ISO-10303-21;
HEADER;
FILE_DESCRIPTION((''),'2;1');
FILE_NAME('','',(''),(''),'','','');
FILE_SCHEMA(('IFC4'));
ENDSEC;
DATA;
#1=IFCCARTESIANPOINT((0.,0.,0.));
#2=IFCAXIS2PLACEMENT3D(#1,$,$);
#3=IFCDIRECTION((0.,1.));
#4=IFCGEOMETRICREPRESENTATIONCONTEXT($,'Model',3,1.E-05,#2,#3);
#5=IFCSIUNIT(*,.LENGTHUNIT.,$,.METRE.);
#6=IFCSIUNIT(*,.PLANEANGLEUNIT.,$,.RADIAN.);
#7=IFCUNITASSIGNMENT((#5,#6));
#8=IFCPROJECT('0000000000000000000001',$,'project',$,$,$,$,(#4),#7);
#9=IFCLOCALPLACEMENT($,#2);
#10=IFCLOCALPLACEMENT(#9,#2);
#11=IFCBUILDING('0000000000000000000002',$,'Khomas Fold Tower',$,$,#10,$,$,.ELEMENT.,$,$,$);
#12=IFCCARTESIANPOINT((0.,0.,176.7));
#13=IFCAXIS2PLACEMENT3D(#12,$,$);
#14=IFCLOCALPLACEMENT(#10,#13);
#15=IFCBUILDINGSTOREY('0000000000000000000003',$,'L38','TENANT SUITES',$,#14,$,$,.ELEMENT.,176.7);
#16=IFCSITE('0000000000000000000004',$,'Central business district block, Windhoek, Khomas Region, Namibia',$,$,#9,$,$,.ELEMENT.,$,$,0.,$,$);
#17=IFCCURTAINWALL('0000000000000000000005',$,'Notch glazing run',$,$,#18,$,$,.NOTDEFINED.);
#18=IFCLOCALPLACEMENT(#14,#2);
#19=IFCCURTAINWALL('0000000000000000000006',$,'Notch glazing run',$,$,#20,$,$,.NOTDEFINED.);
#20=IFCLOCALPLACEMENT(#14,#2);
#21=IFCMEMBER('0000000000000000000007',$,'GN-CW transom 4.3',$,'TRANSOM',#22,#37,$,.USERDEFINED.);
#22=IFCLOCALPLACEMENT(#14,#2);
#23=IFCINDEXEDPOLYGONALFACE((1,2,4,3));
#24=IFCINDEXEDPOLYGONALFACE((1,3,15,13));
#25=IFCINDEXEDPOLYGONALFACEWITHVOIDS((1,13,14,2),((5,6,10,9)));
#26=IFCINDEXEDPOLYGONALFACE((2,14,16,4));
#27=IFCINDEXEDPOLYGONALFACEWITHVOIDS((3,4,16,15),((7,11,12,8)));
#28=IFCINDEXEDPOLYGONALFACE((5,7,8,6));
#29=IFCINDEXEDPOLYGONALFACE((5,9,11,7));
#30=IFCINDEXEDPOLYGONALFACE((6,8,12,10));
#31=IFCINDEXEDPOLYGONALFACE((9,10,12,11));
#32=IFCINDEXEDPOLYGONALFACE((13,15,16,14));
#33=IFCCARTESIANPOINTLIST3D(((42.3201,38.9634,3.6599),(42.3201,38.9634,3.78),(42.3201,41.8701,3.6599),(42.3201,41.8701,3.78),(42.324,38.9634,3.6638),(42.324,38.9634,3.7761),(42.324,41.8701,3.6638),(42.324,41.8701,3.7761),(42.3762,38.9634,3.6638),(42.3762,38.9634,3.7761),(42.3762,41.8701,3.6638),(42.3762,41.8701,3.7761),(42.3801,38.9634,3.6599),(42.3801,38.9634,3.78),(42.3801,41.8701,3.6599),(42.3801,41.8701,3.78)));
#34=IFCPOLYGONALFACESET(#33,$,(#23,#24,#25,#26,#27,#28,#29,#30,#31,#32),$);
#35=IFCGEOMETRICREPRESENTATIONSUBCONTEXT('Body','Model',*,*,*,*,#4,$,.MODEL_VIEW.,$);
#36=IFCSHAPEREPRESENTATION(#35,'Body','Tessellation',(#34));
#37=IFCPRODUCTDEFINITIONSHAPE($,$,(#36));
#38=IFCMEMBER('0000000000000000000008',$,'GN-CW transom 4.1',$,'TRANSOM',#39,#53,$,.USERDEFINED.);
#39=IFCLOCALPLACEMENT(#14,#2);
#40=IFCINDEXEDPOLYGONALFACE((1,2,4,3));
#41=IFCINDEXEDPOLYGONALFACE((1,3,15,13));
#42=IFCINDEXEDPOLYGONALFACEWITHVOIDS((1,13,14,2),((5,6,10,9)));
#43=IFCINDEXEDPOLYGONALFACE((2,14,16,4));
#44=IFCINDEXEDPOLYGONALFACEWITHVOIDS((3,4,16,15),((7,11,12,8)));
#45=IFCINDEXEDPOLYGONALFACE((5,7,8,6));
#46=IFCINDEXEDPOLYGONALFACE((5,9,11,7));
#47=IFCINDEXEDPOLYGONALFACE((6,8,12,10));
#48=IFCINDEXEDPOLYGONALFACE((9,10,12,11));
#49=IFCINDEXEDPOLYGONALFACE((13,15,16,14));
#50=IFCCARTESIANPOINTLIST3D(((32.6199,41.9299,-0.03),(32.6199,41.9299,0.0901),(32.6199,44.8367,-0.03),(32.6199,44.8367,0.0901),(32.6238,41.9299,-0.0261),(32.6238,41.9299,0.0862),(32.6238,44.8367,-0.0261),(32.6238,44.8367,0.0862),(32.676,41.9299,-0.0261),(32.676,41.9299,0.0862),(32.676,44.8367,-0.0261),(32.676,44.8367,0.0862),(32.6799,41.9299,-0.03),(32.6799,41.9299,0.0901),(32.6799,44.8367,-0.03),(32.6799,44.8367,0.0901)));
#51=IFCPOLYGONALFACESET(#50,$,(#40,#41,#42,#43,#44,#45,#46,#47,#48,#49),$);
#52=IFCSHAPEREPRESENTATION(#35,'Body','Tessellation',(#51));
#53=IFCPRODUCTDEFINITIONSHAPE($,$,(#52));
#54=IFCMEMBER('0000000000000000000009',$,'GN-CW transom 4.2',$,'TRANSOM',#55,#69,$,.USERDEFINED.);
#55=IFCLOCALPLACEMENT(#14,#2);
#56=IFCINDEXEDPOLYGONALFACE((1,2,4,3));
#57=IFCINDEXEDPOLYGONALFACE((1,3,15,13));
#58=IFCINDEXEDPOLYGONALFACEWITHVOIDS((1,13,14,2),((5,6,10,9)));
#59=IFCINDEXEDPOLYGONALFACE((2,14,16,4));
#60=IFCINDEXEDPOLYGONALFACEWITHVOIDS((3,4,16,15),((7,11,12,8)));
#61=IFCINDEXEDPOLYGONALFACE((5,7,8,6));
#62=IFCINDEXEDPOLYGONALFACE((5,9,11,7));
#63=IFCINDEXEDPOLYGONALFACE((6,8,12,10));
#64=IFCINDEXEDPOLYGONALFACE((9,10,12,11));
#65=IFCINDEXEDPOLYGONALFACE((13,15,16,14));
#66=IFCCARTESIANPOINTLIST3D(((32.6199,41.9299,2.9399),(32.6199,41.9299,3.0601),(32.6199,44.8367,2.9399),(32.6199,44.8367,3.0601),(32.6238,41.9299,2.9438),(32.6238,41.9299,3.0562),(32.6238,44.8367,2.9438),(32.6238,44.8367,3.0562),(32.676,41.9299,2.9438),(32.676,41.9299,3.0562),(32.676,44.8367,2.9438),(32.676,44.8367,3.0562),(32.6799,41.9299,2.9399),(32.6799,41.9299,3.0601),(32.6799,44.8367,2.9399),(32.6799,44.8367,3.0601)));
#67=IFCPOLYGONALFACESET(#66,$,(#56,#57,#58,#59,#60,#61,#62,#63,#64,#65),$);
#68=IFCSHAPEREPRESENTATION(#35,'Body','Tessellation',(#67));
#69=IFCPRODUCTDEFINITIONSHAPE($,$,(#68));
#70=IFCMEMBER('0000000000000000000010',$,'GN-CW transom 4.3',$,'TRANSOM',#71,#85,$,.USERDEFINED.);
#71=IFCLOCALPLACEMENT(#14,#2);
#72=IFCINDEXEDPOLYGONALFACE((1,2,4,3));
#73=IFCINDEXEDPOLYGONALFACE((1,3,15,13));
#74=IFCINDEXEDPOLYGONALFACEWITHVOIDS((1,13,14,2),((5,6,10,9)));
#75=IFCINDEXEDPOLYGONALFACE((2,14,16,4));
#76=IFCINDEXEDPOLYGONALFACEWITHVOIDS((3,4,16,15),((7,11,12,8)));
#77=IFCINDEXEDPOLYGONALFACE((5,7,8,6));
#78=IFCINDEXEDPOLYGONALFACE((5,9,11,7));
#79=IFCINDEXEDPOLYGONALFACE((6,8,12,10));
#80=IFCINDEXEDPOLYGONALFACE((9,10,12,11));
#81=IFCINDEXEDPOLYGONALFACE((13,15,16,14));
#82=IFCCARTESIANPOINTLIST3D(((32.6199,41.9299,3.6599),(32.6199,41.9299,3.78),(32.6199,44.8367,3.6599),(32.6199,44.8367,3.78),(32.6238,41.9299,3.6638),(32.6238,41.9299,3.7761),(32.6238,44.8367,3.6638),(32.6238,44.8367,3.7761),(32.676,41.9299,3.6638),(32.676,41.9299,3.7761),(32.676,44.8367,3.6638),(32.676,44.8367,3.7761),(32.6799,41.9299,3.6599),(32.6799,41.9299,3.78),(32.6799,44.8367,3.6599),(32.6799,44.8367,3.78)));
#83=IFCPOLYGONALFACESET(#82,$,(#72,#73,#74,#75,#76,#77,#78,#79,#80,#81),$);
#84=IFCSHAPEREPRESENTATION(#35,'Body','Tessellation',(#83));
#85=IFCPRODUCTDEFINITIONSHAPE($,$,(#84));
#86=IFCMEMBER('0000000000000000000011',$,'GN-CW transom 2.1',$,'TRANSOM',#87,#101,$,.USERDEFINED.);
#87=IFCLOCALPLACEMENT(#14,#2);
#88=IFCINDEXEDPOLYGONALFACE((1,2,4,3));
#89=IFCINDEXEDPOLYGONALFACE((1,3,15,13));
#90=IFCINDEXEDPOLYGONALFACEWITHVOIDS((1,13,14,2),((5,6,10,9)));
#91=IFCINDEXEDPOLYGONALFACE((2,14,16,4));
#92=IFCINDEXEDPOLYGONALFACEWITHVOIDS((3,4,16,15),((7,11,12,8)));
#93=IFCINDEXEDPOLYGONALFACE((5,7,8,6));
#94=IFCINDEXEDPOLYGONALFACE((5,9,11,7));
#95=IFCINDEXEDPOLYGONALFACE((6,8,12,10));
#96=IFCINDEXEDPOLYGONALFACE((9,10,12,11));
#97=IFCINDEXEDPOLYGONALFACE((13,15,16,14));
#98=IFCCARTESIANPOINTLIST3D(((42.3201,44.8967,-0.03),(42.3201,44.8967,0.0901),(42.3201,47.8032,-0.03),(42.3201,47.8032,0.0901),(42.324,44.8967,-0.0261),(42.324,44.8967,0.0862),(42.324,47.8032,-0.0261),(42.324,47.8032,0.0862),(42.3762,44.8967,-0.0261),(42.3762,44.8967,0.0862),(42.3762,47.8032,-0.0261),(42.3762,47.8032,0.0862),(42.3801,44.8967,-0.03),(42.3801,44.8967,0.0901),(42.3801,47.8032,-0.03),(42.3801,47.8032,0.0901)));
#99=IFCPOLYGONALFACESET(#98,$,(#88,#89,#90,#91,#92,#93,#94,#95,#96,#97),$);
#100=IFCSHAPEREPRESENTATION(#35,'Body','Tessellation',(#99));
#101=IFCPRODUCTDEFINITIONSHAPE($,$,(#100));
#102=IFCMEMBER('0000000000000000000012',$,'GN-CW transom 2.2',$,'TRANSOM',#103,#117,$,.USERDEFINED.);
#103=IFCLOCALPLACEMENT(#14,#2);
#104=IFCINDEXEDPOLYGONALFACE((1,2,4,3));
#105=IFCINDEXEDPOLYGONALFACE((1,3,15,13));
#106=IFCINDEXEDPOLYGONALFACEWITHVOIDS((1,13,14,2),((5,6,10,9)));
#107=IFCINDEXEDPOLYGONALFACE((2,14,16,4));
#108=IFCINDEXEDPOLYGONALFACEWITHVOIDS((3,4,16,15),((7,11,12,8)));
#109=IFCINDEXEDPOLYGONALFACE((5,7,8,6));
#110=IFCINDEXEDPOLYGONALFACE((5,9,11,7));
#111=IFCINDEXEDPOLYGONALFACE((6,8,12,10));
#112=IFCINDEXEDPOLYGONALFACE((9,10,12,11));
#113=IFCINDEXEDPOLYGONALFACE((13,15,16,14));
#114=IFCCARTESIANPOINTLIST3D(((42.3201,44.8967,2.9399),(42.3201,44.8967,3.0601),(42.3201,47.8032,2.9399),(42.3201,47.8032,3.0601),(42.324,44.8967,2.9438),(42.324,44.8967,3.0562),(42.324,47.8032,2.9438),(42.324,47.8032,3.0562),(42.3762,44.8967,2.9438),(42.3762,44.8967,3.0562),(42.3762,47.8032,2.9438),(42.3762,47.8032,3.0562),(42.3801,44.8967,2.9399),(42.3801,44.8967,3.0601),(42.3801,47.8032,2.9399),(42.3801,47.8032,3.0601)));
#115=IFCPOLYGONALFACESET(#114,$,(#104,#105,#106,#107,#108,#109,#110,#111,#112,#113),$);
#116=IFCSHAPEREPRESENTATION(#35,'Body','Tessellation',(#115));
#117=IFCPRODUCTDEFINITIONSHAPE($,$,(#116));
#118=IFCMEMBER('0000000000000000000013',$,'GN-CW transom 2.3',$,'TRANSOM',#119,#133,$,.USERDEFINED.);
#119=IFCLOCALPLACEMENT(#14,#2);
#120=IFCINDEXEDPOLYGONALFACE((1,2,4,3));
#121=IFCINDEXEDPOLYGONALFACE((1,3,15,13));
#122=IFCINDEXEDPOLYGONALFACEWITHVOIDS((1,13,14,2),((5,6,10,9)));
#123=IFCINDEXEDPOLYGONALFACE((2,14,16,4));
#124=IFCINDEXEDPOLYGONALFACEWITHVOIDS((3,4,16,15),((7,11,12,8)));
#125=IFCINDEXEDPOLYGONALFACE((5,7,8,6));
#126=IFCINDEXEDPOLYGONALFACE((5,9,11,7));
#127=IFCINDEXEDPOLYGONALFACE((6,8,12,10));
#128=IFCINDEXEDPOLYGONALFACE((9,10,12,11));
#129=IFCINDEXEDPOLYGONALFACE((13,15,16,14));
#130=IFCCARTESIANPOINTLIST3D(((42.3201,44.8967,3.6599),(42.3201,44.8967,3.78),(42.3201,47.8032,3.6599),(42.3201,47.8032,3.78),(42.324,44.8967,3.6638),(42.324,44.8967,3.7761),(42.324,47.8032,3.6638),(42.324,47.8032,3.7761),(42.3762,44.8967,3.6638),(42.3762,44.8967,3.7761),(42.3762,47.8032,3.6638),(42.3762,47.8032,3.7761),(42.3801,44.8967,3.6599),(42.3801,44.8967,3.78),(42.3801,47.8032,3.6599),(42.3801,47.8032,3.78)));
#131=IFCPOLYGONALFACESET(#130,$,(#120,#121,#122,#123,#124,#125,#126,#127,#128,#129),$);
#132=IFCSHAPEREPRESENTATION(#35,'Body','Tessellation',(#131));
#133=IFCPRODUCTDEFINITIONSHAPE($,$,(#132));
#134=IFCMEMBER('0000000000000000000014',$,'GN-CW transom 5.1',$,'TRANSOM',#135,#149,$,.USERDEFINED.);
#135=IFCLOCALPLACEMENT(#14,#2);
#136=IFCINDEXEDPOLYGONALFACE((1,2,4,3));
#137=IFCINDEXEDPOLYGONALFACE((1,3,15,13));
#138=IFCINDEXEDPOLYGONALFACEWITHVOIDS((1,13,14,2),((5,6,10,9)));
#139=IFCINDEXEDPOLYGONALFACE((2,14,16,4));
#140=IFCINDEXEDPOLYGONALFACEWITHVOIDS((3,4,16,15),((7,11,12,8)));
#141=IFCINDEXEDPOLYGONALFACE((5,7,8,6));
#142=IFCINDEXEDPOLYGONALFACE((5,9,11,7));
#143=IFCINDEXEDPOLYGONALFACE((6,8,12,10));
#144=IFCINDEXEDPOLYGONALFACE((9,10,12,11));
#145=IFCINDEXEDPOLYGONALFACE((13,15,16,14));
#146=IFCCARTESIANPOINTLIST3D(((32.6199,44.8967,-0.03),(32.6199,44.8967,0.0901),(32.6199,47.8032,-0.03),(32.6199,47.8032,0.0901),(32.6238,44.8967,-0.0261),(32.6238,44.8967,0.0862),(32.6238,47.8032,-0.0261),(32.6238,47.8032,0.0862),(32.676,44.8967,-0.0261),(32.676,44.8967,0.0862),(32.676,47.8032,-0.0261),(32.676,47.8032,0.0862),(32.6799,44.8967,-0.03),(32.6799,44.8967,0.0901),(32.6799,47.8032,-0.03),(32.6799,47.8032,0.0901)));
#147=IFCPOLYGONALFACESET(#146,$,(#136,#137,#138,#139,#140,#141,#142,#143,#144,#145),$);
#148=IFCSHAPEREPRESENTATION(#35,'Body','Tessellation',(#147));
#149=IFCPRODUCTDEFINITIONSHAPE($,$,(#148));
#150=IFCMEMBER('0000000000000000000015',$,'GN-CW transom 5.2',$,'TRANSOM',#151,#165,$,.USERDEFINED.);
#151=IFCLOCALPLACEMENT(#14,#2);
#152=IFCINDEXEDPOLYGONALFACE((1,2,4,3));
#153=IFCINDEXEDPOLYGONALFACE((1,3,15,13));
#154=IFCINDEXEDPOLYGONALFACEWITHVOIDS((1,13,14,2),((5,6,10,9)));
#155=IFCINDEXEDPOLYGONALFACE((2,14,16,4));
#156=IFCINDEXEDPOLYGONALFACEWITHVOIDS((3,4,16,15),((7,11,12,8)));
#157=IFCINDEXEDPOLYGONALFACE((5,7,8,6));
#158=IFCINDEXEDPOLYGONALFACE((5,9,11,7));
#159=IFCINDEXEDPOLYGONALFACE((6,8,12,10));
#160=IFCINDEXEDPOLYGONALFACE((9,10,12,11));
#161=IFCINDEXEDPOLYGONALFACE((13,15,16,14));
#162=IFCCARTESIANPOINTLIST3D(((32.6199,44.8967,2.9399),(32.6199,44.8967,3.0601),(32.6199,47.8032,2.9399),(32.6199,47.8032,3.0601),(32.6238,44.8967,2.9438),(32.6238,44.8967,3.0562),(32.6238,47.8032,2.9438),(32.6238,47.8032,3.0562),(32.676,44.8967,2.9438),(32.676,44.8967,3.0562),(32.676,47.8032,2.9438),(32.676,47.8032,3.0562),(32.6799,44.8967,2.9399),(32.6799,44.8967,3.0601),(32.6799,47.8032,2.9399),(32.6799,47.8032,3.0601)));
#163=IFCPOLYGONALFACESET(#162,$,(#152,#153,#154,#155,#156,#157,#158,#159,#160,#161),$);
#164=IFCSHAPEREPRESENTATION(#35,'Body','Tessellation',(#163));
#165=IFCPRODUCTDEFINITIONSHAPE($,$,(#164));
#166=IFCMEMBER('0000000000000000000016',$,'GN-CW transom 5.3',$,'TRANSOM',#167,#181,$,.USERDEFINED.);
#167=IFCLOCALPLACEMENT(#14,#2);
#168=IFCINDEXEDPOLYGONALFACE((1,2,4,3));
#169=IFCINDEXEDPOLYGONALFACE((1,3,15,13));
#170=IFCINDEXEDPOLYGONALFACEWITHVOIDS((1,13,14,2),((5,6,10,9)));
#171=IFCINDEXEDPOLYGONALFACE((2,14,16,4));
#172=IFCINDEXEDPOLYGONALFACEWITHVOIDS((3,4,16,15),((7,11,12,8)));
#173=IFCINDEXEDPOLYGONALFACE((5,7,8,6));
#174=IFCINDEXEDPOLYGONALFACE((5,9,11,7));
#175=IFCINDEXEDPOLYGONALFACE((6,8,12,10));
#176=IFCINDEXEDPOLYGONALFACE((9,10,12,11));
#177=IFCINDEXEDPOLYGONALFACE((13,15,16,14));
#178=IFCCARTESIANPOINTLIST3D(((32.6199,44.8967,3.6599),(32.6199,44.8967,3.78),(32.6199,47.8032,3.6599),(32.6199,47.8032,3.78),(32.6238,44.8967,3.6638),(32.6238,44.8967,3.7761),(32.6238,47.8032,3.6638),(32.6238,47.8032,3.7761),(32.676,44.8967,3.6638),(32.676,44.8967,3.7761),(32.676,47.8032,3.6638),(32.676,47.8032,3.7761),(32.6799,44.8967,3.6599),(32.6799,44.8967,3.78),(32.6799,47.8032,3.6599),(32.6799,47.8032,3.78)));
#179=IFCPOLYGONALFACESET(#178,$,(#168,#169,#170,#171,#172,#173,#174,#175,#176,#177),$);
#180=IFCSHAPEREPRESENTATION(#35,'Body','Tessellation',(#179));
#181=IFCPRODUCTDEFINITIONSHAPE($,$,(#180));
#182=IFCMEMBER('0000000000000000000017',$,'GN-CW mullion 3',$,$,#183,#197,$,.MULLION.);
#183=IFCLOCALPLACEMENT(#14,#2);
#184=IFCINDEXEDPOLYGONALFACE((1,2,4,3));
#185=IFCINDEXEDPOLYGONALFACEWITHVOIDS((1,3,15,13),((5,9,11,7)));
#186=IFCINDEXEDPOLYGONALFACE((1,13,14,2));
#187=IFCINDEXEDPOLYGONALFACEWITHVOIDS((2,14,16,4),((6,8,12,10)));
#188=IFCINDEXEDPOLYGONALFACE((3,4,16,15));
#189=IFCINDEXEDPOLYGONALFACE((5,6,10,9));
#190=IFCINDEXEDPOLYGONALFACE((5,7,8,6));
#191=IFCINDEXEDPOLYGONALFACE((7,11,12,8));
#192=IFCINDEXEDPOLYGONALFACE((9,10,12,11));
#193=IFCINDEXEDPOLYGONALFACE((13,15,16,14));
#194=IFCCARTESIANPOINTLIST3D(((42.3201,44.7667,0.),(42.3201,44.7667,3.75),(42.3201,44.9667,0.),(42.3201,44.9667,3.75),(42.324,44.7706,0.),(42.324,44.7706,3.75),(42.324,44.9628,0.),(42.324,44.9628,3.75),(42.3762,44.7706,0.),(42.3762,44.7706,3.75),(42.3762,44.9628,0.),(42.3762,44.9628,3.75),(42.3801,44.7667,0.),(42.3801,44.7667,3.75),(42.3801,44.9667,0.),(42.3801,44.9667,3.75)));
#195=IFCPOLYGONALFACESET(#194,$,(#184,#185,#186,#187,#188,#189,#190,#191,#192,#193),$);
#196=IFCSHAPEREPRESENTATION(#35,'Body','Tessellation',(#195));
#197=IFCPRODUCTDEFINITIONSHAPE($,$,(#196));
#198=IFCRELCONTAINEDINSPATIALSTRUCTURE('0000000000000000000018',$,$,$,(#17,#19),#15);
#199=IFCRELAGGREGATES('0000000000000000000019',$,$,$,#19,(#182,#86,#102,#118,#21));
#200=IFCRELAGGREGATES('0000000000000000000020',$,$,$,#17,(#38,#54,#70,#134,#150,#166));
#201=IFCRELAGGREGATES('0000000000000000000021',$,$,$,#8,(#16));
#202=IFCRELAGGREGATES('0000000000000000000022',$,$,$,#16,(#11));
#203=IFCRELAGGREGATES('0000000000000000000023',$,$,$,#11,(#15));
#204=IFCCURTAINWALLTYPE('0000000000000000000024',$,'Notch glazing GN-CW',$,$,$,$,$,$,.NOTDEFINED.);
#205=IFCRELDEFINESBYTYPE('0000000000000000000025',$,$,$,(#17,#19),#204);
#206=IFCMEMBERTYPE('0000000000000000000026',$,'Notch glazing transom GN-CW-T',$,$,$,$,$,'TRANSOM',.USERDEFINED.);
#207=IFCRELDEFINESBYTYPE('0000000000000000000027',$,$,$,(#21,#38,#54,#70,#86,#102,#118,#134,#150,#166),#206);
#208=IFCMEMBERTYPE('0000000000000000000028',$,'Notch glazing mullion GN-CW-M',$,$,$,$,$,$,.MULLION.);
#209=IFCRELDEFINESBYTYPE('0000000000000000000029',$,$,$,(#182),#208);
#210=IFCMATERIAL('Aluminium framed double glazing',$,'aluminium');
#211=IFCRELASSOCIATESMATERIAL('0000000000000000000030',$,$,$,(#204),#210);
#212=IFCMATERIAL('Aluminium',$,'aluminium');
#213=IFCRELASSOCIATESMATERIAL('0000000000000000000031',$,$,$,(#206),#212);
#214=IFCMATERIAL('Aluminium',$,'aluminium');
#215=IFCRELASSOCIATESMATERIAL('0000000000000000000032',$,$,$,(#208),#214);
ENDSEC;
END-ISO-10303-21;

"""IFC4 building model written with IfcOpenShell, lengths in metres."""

from ifc_helpers import new_model, si_unit, direction, frame, origin, origin_2d, place, context, subcontext, project, spatial, hollow_rectangle, extrude, source, transform, mapped, material, material_profile, profile_set, type_object, element, aggregate, save


model = new_model("IFC4")

# Units and contexts
model_context = context("Model", 3, precision=1e-05, world=origin(), true_north=direction((0.0, 1.0)))
body_context = subcontext(model_context, "Body", "Model", "MODEL_VIEW")
ifc_project = project(units=[si_unit("LENGTHUNIT", "METRE"), si_unit("PLANEANGLEUNIT", "RADIAN")], contexts=[model_context])

# Site, building, storey
site_placement = place(None, origin())
site = spatial("IfcSite", under=ifc_project, at=site_placement, Name="Central business district block, Windhoek, Khomas Region, Namibia", CompositionType="ELEMENT", RefElevation=0.0)
building_placement = place(site_placement, origin())
building = spatial("IfcBuilding", under=site, at=building_placement, Name="Khomas Fold Tower", CompositionType="ELEMENT")
storey_placement = place(building_placement, frame((0.0, 0.0, 176.7)))
storey = spatial("IfcBuildingStorey", under=building, at=storey_placement, Name="L38", Description="TENANT SUITES", CompositionType="ELEMENT", Elevation=176.7)

# Curtain walls, member
ifc_material_1 = material(Name="Aluminium framed double glazing", Category="aluminium")
curtain_wall_type_1 = type_object("IfcCurtainWallType", Name="Notch glazing GN-CW", PredefinedType="NOTDEFINED", material=ifc_material_1)
curtain_wall_1_placement = place(storey_placement, origin())
curtain_wall_1 = element("IfcCurtainWall", 1, at=curtain_wall_1_placement, inside=storey, type_object=curtain_wall_type_1, Name="Notch glazing run", PredefinedType="NOTDEFINED")
ifc_material_2 = material(Name="Aluminium", Category="aluminium")
ifc_material_profile_1 = material_profile(ifc_material_2, hollow_rectangle(XDim=0.0601, YDim=0.1201, WallThickness=0.0039, at=origin_2d()), Name="Notch glazing transom GN-CW-T")
ifc_profile_set_1 = profile_set([ifc_material_profile_1], Name="Aluminium")
member_type_1 = type_object("IfcMemberType", Name="Notch glazing transom GN-CW-T", ElementType="TRANSOM", PredefinedType="USERDEFINED", material=ifc_profile_set_1)
curtain_wall_2_placement = place(storey_placement, origin())
curtain_wall_2 = element("IfcCurtainWall", 2, at=curtain_wall_2_placement, inside=storey, type_object=curtain_wall_type_1, Name="Notch glazing run", PredefinedType="NOTDEFINED")
shared_shape_1 = source(origin(), body_context, "Body", "SweptSolid", [
    extrude(hollow_rectangle(XDim=0.0601, YDim=0.1201, WallThickness=0.0039, at=origin_2d()), origin(), (0.0, 0.0, 1.0), 2.9067),
])
member_1_placement = place(storey_placement, frame((42.3501, 41.8701, 3.72), z_axis=(0.0, -1.0, 0.0), x_axis=(1.0, 0.0, 0.0)))
member_1 = element("IfcMember", 3, at=member_1_placement, type_object=member_type_1, Name="GN-CW transom 4.3", ObjectType="TRANSOM", PredefinedType="USERDEFINED", context=body_context, shape_type="MappedRepresentation", body=[
    mapped(shared_shape_1, transform((0.0, 0.0, 0.0))),
])

# Members
member_2_placement = place(storey_placement, frame((32.6499, 41.9299, 0.03), z_axis=(0.0, 1.0, 0.0), x_axis=(-1.0, 0.0, 0.0)))
member_2 = element("IfcMember", 4, at=member_2_placement, type_object=member_type_1, Name="GN-CW transom 4.1", ObjectType="TRANSOM", PredefinedType="USERDEFINED", context=body_context, shape_type="MappedRepresentation", body=[
    mapped(shared_shape_1, transform((0.0, 0.0, 0.0))),
])
member_3_placement = place(storey_placement, frame((32.6499, 41.9299, 3.0), z_axis=(0.0, 1.0, 0.0), x_axis=(-1.0, 0.0, 0.0)))
member_3 = element("IfcMember", 5, at=member_3_placement, type_object=member_type_1, Name="GN-CW transom 4.2", ObjectType="TRANSOM", PredefinedType="USERDEFINED", context=body_context, shape_type="MappedRepresentation", body=[
    mapped(shared_shape_1, transform((0.0, 0.0, 0.0))),
])
member_4_placement = place(storey_placement, frame((32.6499, 41.9299, 3.72), z_axis=(0.0, 1.0, 0.0), x_axis=(-1.0, 0.0, 0.0)))
member_4 = element("IfcMember", 6, at=member_4_placement, type_object=member_type_1, Name="GN-CW transom 4.3", ObjectType="TRANSOM", PredefinedType="USERDEFINED", context=body_context, shape_type="MappedRepresentation", body=[
    mapped(shared_shape_1, transform((0.0, 0.0, 0.0))),
])
shared_shape_2 = source(origin(), body_context, "Body", "SweptSolid", [
    extrude(hollow_rectangle(XDim=0.0601, YDim=0.1201, WallThickness=0.0039, at=origin_2d()), origin(), (0.0, 0.0, 1.0), 2.9065),
])
member_5_placement = place(storey_placement, frame((42.3501, 47.8032, 0.03), z_axis=(0.0, -1.0, 0.0), x_axis=(1.0, 0.0, 0.0)))
member_5 = element("IfcMember", 7, at=member_5_placement, type_object=member_type_1, Name="GN-CW transom 2.1", ObjectType="TRANSOM", PredefinedType="USERDEFINED", context=body_context, shape_type="MappedRepresentation", body=[
    mapped(shared_shape_2, transform((0.0, 0.0, 0.0))),
])
member_6_placement = place(storey_placement, frame((42.3501, 47.8032, 3.0), z_axis=(0.0, -1.0, 0.0), x_axis=(1.0, 0.0, 0.0)))
member_6 = element("IfcMember", 8, at=member_6_placement, type_object=member_type_1, Name="GN-CW transom 2.2", ObjectType="TRANSOM", PredefinedType="USERDEFINED", context=body_context, shape_type="MappedRepresentation", body=[
    mapped(shared_shape_2, transform((0.0, 0.0, 0.0))),
])
member_7_placement = place(storey_placement, frame((42.3501, 47.8032, 3.72), z_axis=(0.0, -1.0, 0.0), x_axis=(1.0, 0.0, 0.0)))
member_7 = element("IfcMember", 9, at=member_7_placement, type_object=member_type_1, Name="GN-CW transom 2.3", ObjectType="TRANSOM", PredefinedType="USERDEFINED", context=body_context, shape_type="MappedRepresentation", body=[
    mapped(shared_shape_2, transform((0.0, 0.0, 0.0))),
])
member_8_placement = place(storey_placement, frame((32.6499, 44.8967, 0.03), z_axis=(0.0, 1.0, 0.0), x_axis=(-1.0, 0.0, 0.0)))
member_8 = element("IfcMember", 10, at=member_8_placement, type_object=member_type_1, Name="GN-CW transom 5.1", ObjectType="TRANSOM", PredefinedType="USERDEFINED", context=body_context, shape_type="MappedRepresentation", body=[
    mapped(shared_shape_2, transform((0.0, 0.0, 0.0))),
])
member_9_placement = place(storey_placement, frame((32.6499, 44.8967, 3.0), z_axis=(0.0, 1.0, 0.0), x_axis=(-1.0, 0.0, 0.0)))
member_9 = element("IfcMember", 11, at=member_9_placement, type_object=member_type_1, Name="GN-CW transom 5.2", ObjectType="TRANSOM", PredefinedType="USERDEFINED", context=body_context, shape_type="MappedRepresentation", body=[
    mapped(shared_shape_2, transform((0.0, 0.0, 0.0))),
])
member_10_placement = place(storey_placement, frame((32.6499, 44.8967, 3.72), z_axis=(0.0, 1.0, 0.0), x_axis=(-1.0, 0.0, 0.0)))
member_10 = element("IfcMember", 12, at=member_10_placement, type_object=member_type_1, Name="GN-CW transom 5.3", ObjectType="TRANSOM", PredefinedType="USERDEFINED", context=body_context, shape_type="MappedRepresentation", body=[
    mapped(shared_shape_2, transform((0.0, 0.0, 0.0))),
])
ifc_material_3 = material(Name="Aluminium", Category="aluminium")
ifc_material_profile_2 = material_profile(ifc_material_3, hollow_rectangle(XDim=0.0601, YDim=0.2, WallThickness=0.0039, at=origin_2d()), Name="Notch glazing mullion GN-CW-M")
ifc_profile_set_2 = profile_set([ifc_material_profile_2], Name="Aluminium")
member_type_2 = type_object("IfcMemberType", Name="Notch glazing mullion GN-CW-M", PredefinedType="MULLION", material=ifc_profile_set_2)
shared_shape_3 = source(origin(), body_context, "Body", "SweptSolid", [
    extrude(hollow_rectangle(XDim=0.0601, YDim=0.2, WallThickness=0.0039, at=origin_2d()), origin(), (0.0, 0.0, 1.0), 3.75),
])
member_11_placement = place(storey_placement, frame((42.3501, 44.8667, 0.0), z_axis=(0.0, 0.0, 1.0), x_axis=(1.0, 0.0, 0.0)))
member_11 = element("IfcMember", 13, at=member_11_placement, type_object=member_type_2, Name="GN-CW mullion 3", PredefinedType="MULLION", context=body_context, shape_type="MappedRepresentation", body=[
    mapped(shared_shape_3, transform((0.0, 0.0, 0.0))),
])

aggregate(curtain_wall_2, [member_11, member_5, member_6, member_7, member_1])
aggregate(curtain_wall_1, [member_2, member_3, member_4, member_8, member_9, member_10])

save(model, "model.ifc")
